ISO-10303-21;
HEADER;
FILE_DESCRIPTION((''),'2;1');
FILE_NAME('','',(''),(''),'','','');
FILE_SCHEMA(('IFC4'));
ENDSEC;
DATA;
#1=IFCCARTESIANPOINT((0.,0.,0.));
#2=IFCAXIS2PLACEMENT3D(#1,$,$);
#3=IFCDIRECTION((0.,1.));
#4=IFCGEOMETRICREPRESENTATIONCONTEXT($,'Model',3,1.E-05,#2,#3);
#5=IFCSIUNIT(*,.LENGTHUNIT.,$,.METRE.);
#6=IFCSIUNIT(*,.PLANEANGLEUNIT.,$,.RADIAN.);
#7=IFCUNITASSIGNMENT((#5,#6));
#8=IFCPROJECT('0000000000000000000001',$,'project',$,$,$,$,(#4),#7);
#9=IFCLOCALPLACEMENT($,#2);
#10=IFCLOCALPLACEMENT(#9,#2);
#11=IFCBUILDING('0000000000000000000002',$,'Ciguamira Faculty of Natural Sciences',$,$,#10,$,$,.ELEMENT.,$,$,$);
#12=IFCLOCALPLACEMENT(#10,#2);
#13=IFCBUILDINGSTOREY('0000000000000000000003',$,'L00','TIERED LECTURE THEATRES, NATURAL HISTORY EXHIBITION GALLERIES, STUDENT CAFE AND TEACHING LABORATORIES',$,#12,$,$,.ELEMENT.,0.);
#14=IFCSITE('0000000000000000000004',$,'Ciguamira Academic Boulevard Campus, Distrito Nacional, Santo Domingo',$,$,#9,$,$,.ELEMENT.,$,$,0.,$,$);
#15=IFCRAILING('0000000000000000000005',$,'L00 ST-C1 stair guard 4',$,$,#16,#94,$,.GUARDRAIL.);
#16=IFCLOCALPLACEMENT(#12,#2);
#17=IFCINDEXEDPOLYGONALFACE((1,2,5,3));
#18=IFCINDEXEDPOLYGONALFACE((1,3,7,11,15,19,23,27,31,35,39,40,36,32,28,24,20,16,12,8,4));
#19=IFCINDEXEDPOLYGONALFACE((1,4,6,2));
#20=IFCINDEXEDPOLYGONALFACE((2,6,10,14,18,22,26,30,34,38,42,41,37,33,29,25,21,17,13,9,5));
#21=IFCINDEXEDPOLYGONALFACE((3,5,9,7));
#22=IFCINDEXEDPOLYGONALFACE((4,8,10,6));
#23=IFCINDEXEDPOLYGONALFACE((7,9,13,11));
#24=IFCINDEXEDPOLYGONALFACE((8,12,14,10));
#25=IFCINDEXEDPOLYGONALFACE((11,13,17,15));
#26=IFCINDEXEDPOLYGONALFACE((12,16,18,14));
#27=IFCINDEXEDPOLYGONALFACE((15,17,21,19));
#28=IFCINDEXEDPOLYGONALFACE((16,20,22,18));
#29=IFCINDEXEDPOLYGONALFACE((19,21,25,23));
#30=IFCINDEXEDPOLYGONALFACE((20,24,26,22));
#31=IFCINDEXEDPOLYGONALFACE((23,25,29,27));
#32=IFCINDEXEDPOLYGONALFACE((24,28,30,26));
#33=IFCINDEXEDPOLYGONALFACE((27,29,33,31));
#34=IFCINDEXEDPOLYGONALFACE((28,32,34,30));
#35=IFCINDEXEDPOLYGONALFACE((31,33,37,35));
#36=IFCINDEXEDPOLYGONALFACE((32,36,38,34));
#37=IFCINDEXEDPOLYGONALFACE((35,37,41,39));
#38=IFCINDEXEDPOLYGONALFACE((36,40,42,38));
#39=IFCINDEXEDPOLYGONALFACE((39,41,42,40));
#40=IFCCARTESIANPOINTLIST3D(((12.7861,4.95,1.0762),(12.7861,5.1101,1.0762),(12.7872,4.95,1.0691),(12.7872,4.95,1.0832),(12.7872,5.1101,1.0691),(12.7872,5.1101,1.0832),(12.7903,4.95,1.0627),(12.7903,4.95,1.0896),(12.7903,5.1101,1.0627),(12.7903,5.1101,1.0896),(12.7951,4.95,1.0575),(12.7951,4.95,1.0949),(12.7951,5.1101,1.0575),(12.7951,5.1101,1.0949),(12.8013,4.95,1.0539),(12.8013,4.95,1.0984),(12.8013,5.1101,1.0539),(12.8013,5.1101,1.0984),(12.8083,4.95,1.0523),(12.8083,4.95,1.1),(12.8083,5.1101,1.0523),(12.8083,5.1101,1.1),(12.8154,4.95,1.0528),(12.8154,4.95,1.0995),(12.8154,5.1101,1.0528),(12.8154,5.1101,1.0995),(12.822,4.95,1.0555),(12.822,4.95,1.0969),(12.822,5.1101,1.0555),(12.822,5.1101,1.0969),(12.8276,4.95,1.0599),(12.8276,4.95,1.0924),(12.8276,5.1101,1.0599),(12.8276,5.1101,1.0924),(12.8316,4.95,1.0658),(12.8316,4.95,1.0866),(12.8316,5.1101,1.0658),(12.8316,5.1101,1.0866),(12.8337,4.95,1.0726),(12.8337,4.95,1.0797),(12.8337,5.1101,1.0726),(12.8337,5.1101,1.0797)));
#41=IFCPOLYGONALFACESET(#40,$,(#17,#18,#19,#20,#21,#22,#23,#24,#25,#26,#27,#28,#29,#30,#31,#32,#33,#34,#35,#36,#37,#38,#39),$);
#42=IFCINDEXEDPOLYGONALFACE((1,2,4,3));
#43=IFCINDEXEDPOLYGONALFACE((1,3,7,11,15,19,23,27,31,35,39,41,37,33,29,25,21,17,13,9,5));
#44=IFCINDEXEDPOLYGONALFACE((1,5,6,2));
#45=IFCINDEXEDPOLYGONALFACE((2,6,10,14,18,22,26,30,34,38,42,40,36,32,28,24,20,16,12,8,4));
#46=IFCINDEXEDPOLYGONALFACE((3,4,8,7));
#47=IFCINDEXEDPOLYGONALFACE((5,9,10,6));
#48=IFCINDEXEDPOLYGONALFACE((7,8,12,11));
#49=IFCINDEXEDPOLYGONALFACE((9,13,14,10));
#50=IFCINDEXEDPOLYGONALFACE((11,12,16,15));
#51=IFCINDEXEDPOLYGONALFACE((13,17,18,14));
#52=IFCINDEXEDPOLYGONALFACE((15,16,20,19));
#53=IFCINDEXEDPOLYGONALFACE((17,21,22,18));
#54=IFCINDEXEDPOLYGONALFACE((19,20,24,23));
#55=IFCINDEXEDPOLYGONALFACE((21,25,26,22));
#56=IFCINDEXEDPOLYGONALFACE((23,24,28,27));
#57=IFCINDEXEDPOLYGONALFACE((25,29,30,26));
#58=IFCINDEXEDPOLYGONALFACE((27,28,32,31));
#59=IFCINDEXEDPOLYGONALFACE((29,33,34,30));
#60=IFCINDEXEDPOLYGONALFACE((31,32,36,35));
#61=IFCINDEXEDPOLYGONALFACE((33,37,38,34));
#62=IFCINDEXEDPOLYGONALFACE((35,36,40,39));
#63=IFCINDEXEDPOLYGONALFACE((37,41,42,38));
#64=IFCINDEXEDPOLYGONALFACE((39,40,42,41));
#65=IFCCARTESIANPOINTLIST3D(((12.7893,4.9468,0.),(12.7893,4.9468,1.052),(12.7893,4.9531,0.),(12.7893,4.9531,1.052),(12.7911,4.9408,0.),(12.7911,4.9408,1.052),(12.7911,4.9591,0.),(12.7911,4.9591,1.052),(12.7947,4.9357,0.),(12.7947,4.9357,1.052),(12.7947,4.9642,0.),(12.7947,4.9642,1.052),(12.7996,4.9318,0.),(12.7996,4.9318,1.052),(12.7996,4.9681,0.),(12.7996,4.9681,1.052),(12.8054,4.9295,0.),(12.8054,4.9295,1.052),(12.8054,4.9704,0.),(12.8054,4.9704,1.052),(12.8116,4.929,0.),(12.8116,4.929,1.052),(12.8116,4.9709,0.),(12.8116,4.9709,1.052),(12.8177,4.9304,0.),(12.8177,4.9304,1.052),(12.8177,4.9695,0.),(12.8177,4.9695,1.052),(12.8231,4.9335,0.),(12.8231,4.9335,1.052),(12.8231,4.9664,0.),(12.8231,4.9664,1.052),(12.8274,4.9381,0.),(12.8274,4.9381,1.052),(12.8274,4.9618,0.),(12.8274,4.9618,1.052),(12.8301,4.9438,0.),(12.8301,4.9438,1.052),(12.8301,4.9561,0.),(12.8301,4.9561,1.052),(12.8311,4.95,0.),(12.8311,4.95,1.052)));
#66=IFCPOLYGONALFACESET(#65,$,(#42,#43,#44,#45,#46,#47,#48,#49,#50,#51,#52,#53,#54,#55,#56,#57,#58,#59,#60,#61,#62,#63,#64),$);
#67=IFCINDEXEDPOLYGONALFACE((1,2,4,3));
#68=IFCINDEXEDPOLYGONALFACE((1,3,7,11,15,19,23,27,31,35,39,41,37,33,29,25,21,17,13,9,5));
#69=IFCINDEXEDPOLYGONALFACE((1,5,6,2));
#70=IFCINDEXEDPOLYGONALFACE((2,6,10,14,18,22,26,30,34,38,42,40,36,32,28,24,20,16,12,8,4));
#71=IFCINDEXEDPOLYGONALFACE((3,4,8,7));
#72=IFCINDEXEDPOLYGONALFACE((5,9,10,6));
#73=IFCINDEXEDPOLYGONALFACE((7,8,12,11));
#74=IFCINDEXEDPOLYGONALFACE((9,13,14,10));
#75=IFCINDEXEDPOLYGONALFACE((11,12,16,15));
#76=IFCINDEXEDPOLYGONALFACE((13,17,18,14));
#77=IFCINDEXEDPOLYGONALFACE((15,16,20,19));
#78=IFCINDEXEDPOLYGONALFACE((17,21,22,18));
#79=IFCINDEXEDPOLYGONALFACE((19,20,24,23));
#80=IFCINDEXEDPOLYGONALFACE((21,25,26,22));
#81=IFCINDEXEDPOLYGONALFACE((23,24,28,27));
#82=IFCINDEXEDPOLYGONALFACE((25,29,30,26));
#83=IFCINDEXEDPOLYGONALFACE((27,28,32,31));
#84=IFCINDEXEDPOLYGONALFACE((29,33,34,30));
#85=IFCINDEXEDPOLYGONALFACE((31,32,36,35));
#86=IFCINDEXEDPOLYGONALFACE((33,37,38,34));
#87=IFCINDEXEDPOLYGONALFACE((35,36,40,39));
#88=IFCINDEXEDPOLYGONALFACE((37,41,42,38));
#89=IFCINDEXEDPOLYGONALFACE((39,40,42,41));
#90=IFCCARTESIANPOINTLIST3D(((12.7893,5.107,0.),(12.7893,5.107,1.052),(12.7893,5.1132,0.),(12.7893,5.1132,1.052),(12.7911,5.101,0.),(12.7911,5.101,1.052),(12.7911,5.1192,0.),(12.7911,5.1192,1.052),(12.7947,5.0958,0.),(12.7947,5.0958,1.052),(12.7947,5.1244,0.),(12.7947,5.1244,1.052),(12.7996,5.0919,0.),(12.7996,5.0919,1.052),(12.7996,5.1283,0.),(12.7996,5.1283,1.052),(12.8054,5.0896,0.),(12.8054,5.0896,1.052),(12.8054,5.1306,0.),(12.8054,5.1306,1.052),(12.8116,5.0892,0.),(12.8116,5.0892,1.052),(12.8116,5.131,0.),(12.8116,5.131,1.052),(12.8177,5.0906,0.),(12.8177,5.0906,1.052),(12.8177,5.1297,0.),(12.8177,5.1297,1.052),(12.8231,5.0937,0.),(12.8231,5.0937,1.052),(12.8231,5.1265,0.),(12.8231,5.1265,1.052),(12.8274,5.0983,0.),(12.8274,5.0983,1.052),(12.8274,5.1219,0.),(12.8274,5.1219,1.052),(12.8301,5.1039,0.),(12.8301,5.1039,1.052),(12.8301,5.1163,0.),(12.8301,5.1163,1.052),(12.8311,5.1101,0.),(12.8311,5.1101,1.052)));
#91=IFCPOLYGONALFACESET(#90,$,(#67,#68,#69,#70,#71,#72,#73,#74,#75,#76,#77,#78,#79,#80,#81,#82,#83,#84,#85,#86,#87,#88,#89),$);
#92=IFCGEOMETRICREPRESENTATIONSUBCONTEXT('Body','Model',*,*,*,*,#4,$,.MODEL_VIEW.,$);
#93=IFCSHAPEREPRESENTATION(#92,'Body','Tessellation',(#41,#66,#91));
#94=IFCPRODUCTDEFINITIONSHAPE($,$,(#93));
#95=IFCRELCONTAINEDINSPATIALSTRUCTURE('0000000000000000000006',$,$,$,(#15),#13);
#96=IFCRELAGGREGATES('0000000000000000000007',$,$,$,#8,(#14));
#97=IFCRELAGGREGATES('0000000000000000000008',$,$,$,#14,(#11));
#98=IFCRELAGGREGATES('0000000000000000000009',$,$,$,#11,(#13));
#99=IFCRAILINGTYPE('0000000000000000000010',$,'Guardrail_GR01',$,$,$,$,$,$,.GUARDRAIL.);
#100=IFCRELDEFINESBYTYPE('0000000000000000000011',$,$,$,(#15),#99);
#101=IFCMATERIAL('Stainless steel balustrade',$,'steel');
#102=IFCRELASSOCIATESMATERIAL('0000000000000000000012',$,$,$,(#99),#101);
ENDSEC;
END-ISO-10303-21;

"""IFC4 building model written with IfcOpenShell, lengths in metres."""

from ifc_helpers import new_model, si_unit, direction, frame, origin, origin_2d, place, context, subcontext, project, spatial, circle, extrude, material, type_object, element, save


model = new_model("IFC4")

# Units and contexts
model_context = context("Model", 3, precision=1e-05, world=origin(), true_north=direction((0.0, 1.0)))
body_context = subcontext(model_context, "Body", "Model", "MODEL_VIEW")
ifc_project = project(units=[si_unit("LENGTHUNIT", "METRE"), si_unit("PLANEANGLEUNIT", "RADIAN")], contexts=[model_context])

# Site, building, storey
site_placement = place(None, origin())
site = spatial("IfcSite", under=ifc_project, at=site_placement, Name="Ciguamira Academic Boulevard Campus, Distrito Nacional, Santo Domingo", CompositionType="ELEMENT", RefElevation=0.0)
building_placement = place(site_placement, origin())
building = spatial("IfcBuilding", under=site, at=building_placement, Name="Ciguamira Faculty of Natural Sciences", CompositionType="ELEMENT")
storey_placement = place(building_placement, origin())
storey = spatial("IfcBuildingStorey", under=building, at=storey_placement, Name="L00", Description="TIERED LECTURE THEATRES, NATURAL HISTORY EXHIBITION GALLERIES, STUDENT CAFE AND TEACHING LABORATORIES", CompositionType="ELEMENT", Elevation=0.0)

# Railing
ifc_material_1 = material(Name="Stainless steel balustrade", Category="steel")
railing_type_1 = type_object("IfcRailingType", Name="Guardrail_GR01", PredefinedType="GUARDRAIL", material=ifc_material_1)
railing_1_placement = place(storey_placement, frame((12.8101, 4.95, 0.0)))
element("IfcRailing", 1, at=railing_1_placement, inside=storey, type_object=railing_type_1, Name="L00 ST-C1 stair guard 4", PredefinedType="GUARDRAIL", context=body_context, shape_type="SweptSolid", body=[
    extrude(circle(Radius=0.0239, at=origin_2d()), frame((0.0, 0.0, 1.0762), z_axis=(0.0, 1.0, 0.0), x_axis=(-1.0, 0.0, 0.0)), (0.0, 0.0, 1.0), 0.1602),
    extrude(circle(Radius=0.021, at=origin_2d()), origin(), (0.0, 0.0, 1.0), 1.052),
    extrude(circle(Radius=0.021, at=origin_2d()), frame((0.0, 0.1602, 0.0)), (0.0, 0.0, 1.0), 1.052),
])

save(model, "model.ifc")
